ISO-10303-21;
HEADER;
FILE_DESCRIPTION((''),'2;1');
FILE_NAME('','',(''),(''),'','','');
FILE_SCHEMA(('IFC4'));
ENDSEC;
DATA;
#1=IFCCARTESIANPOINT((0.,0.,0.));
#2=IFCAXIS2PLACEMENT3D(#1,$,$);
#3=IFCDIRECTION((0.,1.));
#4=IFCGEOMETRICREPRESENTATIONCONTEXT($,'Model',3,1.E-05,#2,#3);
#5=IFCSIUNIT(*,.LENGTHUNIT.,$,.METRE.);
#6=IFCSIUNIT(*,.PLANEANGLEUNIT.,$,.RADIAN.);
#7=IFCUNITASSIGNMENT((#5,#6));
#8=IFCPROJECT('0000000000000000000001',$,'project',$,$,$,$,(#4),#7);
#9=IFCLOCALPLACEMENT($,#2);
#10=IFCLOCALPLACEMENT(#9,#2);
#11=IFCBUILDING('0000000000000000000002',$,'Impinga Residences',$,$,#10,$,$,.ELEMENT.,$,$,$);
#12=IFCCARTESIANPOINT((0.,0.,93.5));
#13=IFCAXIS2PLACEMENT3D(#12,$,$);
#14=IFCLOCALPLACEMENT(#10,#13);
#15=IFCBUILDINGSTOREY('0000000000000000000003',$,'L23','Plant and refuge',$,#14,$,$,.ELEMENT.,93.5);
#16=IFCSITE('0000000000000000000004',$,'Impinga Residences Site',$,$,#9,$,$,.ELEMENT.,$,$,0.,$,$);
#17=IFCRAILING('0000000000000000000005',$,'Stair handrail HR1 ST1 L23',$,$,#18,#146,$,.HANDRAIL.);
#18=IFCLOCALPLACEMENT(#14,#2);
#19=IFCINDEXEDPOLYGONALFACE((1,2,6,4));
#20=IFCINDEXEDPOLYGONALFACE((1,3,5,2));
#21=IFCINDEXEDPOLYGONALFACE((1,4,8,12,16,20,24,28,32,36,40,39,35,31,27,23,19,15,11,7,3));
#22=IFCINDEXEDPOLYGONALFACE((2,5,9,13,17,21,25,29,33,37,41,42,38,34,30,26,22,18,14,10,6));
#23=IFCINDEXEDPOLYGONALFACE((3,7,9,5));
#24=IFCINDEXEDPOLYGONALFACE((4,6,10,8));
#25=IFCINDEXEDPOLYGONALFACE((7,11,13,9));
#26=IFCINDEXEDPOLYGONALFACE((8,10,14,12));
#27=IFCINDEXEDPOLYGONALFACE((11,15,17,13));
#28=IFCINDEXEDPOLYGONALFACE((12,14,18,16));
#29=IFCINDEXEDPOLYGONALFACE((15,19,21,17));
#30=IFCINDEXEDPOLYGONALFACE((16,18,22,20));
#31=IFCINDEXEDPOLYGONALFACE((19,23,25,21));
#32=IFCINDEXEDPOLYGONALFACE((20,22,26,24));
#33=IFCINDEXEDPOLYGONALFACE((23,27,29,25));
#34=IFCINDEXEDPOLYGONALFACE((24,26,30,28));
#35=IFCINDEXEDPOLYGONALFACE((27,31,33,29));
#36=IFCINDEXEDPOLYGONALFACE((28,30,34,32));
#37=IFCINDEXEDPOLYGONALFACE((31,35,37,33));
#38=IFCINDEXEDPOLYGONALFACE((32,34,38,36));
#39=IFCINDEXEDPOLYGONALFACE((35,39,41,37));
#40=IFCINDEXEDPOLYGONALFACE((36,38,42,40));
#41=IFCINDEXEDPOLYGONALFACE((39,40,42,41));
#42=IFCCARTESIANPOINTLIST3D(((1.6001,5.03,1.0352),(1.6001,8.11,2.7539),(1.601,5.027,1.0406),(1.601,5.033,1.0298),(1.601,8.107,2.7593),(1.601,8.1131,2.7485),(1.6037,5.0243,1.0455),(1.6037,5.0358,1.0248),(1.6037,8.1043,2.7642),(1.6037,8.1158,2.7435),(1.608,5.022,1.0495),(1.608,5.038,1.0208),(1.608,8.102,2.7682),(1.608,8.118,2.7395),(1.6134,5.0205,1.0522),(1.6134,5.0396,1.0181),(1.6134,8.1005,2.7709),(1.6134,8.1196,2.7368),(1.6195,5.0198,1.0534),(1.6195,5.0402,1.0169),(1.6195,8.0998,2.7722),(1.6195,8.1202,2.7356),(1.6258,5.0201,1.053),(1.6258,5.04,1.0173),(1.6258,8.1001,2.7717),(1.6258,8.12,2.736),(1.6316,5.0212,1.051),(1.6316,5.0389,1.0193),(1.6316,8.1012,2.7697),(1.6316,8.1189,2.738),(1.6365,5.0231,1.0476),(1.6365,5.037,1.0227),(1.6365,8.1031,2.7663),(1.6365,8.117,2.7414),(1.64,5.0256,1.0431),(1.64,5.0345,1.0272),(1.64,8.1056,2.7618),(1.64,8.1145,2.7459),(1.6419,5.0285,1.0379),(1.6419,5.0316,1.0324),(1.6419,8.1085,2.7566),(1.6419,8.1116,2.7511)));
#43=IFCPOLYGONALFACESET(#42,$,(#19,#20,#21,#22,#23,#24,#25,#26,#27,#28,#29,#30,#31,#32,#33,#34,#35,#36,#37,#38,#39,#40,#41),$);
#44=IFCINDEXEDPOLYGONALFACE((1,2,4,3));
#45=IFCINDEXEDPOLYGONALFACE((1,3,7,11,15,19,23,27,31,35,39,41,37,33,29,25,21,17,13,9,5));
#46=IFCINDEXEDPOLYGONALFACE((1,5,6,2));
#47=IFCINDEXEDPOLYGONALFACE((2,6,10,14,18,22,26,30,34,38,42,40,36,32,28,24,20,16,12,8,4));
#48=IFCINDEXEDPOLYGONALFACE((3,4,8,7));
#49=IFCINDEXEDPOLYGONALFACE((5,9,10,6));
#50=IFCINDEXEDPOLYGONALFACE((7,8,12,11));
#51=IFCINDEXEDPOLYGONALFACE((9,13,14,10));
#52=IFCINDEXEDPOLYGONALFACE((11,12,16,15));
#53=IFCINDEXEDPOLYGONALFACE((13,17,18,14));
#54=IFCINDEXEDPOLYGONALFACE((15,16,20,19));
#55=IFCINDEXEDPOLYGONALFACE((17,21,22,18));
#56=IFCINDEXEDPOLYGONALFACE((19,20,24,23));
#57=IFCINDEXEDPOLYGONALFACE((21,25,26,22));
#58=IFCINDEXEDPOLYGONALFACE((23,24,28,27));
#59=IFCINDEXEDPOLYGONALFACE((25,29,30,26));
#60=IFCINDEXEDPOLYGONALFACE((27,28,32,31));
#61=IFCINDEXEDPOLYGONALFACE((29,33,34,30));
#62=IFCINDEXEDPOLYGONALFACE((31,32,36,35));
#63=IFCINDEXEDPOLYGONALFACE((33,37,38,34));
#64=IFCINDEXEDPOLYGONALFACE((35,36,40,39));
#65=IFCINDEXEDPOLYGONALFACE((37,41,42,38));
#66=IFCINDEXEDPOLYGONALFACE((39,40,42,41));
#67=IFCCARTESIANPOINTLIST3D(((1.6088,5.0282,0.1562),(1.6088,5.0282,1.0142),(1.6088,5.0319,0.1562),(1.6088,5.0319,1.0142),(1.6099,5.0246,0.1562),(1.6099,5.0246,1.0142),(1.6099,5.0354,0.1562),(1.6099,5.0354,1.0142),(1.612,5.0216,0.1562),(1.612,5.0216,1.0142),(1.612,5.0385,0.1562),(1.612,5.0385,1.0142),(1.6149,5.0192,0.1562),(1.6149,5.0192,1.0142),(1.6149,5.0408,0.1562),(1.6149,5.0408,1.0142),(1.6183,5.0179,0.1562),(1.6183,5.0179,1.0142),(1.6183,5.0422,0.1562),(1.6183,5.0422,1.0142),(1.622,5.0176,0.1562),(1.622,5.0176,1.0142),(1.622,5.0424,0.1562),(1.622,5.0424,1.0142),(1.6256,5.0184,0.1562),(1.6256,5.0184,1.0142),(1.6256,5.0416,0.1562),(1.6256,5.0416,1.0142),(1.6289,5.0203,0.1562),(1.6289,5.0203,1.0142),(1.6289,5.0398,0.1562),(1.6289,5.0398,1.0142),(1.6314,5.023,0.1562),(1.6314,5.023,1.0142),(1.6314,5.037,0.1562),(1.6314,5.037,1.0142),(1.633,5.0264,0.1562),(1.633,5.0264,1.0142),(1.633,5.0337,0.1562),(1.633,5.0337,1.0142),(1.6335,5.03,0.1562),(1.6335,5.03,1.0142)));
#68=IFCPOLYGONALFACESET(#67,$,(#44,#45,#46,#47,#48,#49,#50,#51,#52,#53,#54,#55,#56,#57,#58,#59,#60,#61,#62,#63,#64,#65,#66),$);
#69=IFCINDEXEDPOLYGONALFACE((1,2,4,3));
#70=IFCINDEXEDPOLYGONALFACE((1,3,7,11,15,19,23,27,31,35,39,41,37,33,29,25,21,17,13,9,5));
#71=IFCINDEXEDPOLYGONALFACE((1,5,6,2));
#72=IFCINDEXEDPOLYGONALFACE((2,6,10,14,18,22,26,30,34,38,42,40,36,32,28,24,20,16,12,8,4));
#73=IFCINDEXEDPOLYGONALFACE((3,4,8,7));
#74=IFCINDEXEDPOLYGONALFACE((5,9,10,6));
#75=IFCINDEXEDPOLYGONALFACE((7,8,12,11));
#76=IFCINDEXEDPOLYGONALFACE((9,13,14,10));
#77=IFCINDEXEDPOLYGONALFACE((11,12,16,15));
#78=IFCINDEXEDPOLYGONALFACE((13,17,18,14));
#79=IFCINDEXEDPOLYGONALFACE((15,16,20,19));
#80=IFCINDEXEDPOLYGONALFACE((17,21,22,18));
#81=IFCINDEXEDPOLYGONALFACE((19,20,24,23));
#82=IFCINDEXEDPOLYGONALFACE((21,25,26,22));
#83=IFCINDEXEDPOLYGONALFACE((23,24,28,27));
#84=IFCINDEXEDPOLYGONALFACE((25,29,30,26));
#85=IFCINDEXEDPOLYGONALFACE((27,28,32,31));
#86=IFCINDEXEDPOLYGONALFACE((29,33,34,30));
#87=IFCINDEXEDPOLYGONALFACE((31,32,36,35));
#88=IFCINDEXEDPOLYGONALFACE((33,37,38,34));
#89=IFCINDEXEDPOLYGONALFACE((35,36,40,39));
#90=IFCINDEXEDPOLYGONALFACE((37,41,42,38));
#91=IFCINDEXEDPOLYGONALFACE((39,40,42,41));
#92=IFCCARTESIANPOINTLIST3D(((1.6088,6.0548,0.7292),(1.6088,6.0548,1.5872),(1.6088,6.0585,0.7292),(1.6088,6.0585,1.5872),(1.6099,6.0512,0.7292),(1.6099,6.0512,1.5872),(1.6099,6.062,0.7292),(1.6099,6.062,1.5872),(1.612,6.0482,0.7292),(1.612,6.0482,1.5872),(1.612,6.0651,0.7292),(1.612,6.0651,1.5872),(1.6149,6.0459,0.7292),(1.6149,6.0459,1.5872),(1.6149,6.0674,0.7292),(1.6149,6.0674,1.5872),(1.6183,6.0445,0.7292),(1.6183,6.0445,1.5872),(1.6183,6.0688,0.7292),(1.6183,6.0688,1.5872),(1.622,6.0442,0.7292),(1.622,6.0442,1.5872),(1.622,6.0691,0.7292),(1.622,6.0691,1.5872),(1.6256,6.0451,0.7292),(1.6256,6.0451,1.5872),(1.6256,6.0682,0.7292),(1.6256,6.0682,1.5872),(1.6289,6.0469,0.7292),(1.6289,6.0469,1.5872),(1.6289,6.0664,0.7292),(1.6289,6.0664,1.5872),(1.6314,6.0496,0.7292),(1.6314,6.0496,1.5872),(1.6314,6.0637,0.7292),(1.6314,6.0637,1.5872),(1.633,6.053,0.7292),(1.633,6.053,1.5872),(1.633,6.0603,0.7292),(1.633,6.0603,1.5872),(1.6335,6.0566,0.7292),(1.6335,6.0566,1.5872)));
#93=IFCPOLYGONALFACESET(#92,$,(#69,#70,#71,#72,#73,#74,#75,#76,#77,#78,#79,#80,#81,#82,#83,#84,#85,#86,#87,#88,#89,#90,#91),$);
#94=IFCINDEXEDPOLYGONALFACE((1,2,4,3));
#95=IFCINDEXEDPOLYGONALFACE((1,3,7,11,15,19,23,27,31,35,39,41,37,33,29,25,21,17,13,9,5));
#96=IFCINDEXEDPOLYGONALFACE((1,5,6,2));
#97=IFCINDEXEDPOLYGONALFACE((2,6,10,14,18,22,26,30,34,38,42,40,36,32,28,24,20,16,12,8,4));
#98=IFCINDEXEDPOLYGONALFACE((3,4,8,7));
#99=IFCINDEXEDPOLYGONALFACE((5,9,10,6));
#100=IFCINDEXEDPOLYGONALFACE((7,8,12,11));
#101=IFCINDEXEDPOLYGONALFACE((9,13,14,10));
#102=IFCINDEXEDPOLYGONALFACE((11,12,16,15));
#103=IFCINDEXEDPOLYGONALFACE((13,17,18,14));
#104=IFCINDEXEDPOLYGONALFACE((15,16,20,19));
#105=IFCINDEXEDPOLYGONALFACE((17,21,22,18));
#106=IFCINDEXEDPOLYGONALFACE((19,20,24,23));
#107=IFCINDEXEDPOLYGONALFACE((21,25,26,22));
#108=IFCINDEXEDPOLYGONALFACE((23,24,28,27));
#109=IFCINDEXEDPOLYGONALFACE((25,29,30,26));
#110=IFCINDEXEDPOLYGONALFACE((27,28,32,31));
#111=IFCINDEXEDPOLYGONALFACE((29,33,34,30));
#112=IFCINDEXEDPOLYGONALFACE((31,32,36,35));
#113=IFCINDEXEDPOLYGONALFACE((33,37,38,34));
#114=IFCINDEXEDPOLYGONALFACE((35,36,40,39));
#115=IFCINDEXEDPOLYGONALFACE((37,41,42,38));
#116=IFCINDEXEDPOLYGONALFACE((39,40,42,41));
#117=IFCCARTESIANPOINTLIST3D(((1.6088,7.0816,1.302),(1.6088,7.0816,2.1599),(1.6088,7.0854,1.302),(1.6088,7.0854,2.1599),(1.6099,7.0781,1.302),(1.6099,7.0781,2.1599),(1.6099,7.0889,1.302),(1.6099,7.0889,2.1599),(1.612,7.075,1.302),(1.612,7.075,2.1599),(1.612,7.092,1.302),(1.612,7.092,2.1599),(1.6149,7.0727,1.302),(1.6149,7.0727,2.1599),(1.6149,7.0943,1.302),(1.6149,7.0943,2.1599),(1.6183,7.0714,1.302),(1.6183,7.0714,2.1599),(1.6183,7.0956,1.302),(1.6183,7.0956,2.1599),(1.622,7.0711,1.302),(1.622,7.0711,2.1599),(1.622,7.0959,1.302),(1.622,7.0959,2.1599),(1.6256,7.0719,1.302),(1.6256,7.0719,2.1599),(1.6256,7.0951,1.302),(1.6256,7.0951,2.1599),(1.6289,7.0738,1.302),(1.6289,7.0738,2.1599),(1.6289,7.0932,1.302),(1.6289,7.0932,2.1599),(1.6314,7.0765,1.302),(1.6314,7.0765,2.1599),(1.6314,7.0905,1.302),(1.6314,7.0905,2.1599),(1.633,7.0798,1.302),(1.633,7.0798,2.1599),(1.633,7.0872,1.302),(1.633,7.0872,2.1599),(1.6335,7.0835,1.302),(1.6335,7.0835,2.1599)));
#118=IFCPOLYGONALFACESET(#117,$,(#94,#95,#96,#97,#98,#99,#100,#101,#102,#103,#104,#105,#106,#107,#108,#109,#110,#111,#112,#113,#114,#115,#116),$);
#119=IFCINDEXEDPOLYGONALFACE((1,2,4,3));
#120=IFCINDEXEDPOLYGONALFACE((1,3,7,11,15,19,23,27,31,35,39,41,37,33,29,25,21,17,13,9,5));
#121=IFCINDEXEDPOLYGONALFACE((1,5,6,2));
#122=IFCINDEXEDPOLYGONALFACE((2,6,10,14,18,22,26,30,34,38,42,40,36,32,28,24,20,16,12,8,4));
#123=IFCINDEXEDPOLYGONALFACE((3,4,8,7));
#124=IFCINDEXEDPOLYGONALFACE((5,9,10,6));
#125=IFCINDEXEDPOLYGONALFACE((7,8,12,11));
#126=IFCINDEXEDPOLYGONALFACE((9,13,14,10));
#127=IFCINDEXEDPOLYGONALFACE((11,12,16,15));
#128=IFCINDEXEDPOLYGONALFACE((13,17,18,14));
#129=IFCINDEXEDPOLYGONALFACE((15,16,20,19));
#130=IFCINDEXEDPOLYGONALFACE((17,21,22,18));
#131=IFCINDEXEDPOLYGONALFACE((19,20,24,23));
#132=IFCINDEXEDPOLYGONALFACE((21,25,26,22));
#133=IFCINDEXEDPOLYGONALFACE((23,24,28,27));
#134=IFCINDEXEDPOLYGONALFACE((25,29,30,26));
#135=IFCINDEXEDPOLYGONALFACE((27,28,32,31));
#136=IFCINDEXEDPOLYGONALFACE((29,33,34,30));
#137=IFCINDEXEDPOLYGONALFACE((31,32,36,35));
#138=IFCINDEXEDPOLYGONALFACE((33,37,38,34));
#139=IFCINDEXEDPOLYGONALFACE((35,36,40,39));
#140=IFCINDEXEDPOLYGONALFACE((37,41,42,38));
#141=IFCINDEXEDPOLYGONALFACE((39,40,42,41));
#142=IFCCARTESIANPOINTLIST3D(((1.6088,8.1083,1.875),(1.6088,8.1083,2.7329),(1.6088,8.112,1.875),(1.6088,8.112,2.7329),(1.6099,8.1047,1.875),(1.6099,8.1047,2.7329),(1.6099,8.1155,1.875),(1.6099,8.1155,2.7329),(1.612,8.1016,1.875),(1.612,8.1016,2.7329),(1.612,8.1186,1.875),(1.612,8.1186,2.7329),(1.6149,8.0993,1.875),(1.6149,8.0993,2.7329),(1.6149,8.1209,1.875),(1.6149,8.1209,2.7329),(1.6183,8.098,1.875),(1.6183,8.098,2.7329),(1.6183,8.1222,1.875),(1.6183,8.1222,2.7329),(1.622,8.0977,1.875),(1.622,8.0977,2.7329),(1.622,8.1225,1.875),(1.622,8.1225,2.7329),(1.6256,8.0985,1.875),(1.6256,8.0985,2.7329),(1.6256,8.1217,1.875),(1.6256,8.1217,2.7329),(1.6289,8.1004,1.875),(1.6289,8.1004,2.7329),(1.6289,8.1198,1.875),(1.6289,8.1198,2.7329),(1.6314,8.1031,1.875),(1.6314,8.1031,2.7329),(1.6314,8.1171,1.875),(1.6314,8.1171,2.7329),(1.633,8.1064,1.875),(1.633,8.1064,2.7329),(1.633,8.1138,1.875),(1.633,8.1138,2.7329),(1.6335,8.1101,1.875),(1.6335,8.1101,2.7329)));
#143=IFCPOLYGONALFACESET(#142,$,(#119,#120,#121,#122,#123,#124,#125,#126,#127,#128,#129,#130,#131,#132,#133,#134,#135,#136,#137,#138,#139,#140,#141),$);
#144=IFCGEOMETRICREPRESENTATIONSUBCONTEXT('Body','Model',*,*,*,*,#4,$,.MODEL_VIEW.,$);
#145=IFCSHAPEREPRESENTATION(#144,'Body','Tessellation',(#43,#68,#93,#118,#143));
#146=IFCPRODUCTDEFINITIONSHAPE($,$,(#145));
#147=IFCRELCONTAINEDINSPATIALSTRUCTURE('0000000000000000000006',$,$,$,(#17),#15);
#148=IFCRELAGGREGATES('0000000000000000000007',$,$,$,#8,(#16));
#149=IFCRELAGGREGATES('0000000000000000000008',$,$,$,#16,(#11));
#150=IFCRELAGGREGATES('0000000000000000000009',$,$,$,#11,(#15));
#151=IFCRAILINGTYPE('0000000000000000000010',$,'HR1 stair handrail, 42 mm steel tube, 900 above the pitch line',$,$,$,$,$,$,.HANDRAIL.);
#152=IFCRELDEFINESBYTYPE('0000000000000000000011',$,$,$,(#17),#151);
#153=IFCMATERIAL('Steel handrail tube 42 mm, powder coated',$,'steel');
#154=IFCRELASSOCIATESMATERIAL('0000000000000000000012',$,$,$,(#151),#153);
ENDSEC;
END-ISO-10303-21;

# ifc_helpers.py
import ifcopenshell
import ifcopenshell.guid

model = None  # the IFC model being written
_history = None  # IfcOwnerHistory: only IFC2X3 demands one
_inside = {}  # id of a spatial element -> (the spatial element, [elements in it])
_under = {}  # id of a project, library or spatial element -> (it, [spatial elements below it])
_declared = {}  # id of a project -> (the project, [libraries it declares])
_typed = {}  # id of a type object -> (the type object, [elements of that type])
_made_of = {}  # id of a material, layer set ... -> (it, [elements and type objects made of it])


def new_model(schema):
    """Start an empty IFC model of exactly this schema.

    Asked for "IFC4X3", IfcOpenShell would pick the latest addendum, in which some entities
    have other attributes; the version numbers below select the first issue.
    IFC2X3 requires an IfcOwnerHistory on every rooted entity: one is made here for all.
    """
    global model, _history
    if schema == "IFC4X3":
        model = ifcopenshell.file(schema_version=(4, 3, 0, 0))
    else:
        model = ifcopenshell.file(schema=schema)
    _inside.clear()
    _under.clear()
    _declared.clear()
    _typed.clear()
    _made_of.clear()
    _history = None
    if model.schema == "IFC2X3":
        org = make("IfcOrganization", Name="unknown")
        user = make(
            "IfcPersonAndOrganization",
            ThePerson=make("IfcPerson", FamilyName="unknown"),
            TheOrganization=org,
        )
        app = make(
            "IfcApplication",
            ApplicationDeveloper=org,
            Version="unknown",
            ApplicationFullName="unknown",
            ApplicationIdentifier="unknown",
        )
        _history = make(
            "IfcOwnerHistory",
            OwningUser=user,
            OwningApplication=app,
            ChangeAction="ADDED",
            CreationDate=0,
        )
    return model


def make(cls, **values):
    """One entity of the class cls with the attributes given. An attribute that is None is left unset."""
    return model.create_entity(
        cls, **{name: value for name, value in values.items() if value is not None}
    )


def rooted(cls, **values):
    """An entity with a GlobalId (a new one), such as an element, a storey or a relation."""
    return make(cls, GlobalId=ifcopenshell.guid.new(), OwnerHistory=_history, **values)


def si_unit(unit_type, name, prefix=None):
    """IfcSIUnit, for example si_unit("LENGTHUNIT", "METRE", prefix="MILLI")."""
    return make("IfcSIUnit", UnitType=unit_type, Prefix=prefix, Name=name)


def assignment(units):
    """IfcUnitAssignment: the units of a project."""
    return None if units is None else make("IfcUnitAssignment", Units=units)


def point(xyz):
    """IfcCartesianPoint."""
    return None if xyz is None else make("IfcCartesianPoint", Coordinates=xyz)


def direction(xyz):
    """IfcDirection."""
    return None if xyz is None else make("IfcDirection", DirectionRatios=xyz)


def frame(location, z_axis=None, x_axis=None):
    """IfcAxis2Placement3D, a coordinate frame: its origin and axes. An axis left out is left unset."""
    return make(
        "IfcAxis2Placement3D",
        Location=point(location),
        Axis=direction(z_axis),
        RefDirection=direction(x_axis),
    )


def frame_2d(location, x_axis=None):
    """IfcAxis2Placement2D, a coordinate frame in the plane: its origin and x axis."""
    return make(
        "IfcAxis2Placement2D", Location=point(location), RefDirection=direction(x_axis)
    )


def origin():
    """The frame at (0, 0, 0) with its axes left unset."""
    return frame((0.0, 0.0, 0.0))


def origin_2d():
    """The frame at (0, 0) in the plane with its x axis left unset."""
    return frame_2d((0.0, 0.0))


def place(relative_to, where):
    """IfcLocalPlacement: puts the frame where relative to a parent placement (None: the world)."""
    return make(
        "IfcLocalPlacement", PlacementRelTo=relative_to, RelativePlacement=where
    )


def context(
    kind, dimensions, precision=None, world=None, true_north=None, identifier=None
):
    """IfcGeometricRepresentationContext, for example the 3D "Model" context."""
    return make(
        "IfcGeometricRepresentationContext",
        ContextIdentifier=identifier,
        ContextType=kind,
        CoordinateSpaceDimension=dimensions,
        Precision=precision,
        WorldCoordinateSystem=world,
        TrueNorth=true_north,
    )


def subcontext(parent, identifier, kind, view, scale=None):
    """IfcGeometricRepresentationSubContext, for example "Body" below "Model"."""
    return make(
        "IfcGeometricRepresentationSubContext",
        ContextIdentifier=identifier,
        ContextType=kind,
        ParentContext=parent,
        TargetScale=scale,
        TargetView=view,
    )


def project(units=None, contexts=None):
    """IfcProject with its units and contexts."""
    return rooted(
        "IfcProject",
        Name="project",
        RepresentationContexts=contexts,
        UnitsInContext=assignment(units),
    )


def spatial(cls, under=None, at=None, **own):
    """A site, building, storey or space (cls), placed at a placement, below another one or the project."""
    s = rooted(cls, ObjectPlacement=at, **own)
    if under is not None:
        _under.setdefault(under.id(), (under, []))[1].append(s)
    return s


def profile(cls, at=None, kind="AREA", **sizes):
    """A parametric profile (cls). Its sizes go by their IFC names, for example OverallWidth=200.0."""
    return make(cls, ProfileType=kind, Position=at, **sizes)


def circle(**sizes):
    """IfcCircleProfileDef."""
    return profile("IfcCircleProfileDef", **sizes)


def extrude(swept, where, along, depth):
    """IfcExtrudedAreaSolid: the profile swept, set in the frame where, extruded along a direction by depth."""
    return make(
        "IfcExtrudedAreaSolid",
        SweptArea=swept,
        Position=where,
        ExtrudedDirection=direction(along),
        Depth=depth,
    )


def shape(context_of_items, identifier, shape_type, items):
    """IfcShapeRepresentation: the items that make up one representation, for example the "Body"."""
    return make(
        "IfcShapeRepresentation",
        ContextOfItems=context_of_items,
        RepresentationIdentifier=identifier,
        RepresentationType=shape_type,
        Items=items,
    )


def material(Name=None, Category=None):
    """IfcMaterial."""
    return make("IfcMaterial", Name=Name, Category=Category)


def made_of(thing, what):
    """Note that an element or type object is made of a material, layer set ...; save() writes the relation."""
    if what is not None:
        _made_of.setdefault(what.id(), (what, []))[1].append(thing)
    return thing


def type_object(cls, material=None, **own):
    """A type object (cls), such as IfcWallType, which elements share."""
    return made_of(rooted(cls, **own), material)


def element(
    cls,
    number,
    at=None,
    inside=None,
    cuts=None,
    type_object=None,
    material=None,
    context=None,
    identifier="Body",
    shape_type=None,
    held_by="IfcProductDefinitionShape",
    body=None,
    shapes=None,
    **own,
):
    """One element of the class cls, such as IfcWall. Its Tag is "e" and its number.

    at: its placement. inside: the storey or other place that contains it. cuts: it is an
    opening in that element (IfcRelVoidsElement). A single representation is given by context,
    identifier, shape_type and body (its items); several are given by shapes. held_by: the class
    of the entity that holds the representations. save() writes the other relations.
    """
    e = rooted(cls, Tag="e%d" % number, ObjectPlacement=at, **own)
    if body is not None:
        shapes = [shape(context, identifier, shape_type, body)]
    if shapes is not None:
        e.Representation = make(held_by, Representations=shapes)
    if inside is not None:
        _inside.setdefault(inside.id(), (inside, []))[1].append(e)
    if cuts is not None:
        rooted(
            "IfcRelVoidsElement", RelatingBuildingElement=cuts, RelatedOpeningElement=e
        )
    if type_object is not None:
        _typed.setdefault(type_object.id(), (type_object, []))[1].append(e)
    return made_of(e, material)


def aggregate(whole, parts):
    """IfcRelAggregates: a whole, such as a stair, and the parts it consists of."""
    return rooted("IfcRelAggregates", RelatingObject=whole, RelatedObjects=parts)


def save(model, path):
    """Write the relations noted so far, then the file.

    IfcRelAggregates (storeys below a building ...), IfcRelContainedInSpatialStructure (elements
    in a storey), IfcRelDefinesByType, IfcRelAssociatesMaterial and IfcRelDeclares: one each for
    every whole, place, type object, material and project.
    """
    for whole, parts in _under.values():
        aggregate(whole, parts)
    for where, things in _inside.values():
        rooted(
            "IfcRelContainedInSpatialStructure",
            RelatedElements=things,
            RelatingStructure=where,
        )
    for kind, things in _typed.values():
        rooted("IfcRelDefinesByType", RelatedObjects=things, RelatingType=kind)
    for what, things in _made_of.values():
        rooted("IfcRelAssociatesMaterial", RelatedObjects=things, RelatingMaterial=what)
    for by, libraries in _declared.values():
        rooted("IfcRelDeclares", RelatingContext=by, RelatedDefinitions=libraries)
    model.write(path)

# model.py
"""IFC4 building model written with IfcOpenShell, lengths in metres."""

from ifc_helpers import new_model, si_unit, direction, frame, origin, origin_2d, place, context, subcontext, project, spatial, circle, extrude, material, type_object, element, save


model = new_model("IFC4")

# Units and contexts
model_context = context("Model", 3, precision=1e-05, world=origin(), true_north=direction((0.0, 1.0)))
body_context = subcontext(model_context, "Body", "Model", "MODEL_VIEW")
ifc_project = project(units=[si_unit("LENGTHUNIT", "METRE"), si_unit("PLANEANGLEUNIT", "RADIAN")], contexts=[model_context])

# Site, building, storey
site_placement = place(None, origin())
site = spatial("IfcSite", under=ifc_project, at=site_placement, Name="Impinga Residences Site", CompositionType="ELEMENT", RefElevation=0.0)
building_placement = place(site_placement, origin())
building = spatial("IfcBuilding", under=site, at=building_placement, Name="Impinga Residences", CompositionType="ELEMENT")
storey_placement = place(building_placement, frame((0.0, 0.0, 93.5)))
storey = spatial("IfcBuildingStorey", under=building, at=storey_placement, Name="L23", Description="Plant and refuge", CompositionType="ELEMENT", Elevation=93.5)

# Railing
ifc_material_1 = material(Name="Steel handrail tube 42 mm, powder coated", Category="steel")
railing_type = type_object("IfcRailingType", Name="HR1 stair handrail, 42 mm steel tube, 900 above the pitch line", PredefinedType="HANDRAIL", material=ifc_material_1)
for number, where, name in (
    (1, (1.6211, 5.03, 0.1562), "Stair handrail HR1 ST1 L23"),
):
    element("IfcRailing", number, at=place(storey_placement, frame(where)), inside=storey, type_object=railing_type, Name=name, PredefinedType="HANDRAIL", context=body_context, shape_type="SweptSolid", body=[
        extrude(circle(Radius=0.021, at=origin_2d()), frame((0.0, 0.0, 0.8789), z_axis=(0.0, 0.873242, 0.487288), x_axis=(-1.0, 0.0, 0.0)), (0.0, 0.0, 1.0), 3.5271),
        extrude(circle(Radius=0.0125, at=origin_2d()), origin(), (0.0, 0.0, 1.0), 0.8579),
        extrude(circle(Radius=0.0125, at=origin_2d()), frame((0.0, 1.0266, 0.573)), (0.0, 0.0, 1.0), 0.8579),
        extrude(circle(Radius=0.0125, at=origin_2d()), frame((0.0, 2.0535, 1.1458)), (0.0, 0.0, 1.0), 0.8579),
        extrude(circle(Radius=0.0125, at=origin_2d()), frame((0.0, 3.0801, 1.7188)), (0.0, 0.0, 1.0), 0.8579),
    ])

save(model, "model.ifc")
